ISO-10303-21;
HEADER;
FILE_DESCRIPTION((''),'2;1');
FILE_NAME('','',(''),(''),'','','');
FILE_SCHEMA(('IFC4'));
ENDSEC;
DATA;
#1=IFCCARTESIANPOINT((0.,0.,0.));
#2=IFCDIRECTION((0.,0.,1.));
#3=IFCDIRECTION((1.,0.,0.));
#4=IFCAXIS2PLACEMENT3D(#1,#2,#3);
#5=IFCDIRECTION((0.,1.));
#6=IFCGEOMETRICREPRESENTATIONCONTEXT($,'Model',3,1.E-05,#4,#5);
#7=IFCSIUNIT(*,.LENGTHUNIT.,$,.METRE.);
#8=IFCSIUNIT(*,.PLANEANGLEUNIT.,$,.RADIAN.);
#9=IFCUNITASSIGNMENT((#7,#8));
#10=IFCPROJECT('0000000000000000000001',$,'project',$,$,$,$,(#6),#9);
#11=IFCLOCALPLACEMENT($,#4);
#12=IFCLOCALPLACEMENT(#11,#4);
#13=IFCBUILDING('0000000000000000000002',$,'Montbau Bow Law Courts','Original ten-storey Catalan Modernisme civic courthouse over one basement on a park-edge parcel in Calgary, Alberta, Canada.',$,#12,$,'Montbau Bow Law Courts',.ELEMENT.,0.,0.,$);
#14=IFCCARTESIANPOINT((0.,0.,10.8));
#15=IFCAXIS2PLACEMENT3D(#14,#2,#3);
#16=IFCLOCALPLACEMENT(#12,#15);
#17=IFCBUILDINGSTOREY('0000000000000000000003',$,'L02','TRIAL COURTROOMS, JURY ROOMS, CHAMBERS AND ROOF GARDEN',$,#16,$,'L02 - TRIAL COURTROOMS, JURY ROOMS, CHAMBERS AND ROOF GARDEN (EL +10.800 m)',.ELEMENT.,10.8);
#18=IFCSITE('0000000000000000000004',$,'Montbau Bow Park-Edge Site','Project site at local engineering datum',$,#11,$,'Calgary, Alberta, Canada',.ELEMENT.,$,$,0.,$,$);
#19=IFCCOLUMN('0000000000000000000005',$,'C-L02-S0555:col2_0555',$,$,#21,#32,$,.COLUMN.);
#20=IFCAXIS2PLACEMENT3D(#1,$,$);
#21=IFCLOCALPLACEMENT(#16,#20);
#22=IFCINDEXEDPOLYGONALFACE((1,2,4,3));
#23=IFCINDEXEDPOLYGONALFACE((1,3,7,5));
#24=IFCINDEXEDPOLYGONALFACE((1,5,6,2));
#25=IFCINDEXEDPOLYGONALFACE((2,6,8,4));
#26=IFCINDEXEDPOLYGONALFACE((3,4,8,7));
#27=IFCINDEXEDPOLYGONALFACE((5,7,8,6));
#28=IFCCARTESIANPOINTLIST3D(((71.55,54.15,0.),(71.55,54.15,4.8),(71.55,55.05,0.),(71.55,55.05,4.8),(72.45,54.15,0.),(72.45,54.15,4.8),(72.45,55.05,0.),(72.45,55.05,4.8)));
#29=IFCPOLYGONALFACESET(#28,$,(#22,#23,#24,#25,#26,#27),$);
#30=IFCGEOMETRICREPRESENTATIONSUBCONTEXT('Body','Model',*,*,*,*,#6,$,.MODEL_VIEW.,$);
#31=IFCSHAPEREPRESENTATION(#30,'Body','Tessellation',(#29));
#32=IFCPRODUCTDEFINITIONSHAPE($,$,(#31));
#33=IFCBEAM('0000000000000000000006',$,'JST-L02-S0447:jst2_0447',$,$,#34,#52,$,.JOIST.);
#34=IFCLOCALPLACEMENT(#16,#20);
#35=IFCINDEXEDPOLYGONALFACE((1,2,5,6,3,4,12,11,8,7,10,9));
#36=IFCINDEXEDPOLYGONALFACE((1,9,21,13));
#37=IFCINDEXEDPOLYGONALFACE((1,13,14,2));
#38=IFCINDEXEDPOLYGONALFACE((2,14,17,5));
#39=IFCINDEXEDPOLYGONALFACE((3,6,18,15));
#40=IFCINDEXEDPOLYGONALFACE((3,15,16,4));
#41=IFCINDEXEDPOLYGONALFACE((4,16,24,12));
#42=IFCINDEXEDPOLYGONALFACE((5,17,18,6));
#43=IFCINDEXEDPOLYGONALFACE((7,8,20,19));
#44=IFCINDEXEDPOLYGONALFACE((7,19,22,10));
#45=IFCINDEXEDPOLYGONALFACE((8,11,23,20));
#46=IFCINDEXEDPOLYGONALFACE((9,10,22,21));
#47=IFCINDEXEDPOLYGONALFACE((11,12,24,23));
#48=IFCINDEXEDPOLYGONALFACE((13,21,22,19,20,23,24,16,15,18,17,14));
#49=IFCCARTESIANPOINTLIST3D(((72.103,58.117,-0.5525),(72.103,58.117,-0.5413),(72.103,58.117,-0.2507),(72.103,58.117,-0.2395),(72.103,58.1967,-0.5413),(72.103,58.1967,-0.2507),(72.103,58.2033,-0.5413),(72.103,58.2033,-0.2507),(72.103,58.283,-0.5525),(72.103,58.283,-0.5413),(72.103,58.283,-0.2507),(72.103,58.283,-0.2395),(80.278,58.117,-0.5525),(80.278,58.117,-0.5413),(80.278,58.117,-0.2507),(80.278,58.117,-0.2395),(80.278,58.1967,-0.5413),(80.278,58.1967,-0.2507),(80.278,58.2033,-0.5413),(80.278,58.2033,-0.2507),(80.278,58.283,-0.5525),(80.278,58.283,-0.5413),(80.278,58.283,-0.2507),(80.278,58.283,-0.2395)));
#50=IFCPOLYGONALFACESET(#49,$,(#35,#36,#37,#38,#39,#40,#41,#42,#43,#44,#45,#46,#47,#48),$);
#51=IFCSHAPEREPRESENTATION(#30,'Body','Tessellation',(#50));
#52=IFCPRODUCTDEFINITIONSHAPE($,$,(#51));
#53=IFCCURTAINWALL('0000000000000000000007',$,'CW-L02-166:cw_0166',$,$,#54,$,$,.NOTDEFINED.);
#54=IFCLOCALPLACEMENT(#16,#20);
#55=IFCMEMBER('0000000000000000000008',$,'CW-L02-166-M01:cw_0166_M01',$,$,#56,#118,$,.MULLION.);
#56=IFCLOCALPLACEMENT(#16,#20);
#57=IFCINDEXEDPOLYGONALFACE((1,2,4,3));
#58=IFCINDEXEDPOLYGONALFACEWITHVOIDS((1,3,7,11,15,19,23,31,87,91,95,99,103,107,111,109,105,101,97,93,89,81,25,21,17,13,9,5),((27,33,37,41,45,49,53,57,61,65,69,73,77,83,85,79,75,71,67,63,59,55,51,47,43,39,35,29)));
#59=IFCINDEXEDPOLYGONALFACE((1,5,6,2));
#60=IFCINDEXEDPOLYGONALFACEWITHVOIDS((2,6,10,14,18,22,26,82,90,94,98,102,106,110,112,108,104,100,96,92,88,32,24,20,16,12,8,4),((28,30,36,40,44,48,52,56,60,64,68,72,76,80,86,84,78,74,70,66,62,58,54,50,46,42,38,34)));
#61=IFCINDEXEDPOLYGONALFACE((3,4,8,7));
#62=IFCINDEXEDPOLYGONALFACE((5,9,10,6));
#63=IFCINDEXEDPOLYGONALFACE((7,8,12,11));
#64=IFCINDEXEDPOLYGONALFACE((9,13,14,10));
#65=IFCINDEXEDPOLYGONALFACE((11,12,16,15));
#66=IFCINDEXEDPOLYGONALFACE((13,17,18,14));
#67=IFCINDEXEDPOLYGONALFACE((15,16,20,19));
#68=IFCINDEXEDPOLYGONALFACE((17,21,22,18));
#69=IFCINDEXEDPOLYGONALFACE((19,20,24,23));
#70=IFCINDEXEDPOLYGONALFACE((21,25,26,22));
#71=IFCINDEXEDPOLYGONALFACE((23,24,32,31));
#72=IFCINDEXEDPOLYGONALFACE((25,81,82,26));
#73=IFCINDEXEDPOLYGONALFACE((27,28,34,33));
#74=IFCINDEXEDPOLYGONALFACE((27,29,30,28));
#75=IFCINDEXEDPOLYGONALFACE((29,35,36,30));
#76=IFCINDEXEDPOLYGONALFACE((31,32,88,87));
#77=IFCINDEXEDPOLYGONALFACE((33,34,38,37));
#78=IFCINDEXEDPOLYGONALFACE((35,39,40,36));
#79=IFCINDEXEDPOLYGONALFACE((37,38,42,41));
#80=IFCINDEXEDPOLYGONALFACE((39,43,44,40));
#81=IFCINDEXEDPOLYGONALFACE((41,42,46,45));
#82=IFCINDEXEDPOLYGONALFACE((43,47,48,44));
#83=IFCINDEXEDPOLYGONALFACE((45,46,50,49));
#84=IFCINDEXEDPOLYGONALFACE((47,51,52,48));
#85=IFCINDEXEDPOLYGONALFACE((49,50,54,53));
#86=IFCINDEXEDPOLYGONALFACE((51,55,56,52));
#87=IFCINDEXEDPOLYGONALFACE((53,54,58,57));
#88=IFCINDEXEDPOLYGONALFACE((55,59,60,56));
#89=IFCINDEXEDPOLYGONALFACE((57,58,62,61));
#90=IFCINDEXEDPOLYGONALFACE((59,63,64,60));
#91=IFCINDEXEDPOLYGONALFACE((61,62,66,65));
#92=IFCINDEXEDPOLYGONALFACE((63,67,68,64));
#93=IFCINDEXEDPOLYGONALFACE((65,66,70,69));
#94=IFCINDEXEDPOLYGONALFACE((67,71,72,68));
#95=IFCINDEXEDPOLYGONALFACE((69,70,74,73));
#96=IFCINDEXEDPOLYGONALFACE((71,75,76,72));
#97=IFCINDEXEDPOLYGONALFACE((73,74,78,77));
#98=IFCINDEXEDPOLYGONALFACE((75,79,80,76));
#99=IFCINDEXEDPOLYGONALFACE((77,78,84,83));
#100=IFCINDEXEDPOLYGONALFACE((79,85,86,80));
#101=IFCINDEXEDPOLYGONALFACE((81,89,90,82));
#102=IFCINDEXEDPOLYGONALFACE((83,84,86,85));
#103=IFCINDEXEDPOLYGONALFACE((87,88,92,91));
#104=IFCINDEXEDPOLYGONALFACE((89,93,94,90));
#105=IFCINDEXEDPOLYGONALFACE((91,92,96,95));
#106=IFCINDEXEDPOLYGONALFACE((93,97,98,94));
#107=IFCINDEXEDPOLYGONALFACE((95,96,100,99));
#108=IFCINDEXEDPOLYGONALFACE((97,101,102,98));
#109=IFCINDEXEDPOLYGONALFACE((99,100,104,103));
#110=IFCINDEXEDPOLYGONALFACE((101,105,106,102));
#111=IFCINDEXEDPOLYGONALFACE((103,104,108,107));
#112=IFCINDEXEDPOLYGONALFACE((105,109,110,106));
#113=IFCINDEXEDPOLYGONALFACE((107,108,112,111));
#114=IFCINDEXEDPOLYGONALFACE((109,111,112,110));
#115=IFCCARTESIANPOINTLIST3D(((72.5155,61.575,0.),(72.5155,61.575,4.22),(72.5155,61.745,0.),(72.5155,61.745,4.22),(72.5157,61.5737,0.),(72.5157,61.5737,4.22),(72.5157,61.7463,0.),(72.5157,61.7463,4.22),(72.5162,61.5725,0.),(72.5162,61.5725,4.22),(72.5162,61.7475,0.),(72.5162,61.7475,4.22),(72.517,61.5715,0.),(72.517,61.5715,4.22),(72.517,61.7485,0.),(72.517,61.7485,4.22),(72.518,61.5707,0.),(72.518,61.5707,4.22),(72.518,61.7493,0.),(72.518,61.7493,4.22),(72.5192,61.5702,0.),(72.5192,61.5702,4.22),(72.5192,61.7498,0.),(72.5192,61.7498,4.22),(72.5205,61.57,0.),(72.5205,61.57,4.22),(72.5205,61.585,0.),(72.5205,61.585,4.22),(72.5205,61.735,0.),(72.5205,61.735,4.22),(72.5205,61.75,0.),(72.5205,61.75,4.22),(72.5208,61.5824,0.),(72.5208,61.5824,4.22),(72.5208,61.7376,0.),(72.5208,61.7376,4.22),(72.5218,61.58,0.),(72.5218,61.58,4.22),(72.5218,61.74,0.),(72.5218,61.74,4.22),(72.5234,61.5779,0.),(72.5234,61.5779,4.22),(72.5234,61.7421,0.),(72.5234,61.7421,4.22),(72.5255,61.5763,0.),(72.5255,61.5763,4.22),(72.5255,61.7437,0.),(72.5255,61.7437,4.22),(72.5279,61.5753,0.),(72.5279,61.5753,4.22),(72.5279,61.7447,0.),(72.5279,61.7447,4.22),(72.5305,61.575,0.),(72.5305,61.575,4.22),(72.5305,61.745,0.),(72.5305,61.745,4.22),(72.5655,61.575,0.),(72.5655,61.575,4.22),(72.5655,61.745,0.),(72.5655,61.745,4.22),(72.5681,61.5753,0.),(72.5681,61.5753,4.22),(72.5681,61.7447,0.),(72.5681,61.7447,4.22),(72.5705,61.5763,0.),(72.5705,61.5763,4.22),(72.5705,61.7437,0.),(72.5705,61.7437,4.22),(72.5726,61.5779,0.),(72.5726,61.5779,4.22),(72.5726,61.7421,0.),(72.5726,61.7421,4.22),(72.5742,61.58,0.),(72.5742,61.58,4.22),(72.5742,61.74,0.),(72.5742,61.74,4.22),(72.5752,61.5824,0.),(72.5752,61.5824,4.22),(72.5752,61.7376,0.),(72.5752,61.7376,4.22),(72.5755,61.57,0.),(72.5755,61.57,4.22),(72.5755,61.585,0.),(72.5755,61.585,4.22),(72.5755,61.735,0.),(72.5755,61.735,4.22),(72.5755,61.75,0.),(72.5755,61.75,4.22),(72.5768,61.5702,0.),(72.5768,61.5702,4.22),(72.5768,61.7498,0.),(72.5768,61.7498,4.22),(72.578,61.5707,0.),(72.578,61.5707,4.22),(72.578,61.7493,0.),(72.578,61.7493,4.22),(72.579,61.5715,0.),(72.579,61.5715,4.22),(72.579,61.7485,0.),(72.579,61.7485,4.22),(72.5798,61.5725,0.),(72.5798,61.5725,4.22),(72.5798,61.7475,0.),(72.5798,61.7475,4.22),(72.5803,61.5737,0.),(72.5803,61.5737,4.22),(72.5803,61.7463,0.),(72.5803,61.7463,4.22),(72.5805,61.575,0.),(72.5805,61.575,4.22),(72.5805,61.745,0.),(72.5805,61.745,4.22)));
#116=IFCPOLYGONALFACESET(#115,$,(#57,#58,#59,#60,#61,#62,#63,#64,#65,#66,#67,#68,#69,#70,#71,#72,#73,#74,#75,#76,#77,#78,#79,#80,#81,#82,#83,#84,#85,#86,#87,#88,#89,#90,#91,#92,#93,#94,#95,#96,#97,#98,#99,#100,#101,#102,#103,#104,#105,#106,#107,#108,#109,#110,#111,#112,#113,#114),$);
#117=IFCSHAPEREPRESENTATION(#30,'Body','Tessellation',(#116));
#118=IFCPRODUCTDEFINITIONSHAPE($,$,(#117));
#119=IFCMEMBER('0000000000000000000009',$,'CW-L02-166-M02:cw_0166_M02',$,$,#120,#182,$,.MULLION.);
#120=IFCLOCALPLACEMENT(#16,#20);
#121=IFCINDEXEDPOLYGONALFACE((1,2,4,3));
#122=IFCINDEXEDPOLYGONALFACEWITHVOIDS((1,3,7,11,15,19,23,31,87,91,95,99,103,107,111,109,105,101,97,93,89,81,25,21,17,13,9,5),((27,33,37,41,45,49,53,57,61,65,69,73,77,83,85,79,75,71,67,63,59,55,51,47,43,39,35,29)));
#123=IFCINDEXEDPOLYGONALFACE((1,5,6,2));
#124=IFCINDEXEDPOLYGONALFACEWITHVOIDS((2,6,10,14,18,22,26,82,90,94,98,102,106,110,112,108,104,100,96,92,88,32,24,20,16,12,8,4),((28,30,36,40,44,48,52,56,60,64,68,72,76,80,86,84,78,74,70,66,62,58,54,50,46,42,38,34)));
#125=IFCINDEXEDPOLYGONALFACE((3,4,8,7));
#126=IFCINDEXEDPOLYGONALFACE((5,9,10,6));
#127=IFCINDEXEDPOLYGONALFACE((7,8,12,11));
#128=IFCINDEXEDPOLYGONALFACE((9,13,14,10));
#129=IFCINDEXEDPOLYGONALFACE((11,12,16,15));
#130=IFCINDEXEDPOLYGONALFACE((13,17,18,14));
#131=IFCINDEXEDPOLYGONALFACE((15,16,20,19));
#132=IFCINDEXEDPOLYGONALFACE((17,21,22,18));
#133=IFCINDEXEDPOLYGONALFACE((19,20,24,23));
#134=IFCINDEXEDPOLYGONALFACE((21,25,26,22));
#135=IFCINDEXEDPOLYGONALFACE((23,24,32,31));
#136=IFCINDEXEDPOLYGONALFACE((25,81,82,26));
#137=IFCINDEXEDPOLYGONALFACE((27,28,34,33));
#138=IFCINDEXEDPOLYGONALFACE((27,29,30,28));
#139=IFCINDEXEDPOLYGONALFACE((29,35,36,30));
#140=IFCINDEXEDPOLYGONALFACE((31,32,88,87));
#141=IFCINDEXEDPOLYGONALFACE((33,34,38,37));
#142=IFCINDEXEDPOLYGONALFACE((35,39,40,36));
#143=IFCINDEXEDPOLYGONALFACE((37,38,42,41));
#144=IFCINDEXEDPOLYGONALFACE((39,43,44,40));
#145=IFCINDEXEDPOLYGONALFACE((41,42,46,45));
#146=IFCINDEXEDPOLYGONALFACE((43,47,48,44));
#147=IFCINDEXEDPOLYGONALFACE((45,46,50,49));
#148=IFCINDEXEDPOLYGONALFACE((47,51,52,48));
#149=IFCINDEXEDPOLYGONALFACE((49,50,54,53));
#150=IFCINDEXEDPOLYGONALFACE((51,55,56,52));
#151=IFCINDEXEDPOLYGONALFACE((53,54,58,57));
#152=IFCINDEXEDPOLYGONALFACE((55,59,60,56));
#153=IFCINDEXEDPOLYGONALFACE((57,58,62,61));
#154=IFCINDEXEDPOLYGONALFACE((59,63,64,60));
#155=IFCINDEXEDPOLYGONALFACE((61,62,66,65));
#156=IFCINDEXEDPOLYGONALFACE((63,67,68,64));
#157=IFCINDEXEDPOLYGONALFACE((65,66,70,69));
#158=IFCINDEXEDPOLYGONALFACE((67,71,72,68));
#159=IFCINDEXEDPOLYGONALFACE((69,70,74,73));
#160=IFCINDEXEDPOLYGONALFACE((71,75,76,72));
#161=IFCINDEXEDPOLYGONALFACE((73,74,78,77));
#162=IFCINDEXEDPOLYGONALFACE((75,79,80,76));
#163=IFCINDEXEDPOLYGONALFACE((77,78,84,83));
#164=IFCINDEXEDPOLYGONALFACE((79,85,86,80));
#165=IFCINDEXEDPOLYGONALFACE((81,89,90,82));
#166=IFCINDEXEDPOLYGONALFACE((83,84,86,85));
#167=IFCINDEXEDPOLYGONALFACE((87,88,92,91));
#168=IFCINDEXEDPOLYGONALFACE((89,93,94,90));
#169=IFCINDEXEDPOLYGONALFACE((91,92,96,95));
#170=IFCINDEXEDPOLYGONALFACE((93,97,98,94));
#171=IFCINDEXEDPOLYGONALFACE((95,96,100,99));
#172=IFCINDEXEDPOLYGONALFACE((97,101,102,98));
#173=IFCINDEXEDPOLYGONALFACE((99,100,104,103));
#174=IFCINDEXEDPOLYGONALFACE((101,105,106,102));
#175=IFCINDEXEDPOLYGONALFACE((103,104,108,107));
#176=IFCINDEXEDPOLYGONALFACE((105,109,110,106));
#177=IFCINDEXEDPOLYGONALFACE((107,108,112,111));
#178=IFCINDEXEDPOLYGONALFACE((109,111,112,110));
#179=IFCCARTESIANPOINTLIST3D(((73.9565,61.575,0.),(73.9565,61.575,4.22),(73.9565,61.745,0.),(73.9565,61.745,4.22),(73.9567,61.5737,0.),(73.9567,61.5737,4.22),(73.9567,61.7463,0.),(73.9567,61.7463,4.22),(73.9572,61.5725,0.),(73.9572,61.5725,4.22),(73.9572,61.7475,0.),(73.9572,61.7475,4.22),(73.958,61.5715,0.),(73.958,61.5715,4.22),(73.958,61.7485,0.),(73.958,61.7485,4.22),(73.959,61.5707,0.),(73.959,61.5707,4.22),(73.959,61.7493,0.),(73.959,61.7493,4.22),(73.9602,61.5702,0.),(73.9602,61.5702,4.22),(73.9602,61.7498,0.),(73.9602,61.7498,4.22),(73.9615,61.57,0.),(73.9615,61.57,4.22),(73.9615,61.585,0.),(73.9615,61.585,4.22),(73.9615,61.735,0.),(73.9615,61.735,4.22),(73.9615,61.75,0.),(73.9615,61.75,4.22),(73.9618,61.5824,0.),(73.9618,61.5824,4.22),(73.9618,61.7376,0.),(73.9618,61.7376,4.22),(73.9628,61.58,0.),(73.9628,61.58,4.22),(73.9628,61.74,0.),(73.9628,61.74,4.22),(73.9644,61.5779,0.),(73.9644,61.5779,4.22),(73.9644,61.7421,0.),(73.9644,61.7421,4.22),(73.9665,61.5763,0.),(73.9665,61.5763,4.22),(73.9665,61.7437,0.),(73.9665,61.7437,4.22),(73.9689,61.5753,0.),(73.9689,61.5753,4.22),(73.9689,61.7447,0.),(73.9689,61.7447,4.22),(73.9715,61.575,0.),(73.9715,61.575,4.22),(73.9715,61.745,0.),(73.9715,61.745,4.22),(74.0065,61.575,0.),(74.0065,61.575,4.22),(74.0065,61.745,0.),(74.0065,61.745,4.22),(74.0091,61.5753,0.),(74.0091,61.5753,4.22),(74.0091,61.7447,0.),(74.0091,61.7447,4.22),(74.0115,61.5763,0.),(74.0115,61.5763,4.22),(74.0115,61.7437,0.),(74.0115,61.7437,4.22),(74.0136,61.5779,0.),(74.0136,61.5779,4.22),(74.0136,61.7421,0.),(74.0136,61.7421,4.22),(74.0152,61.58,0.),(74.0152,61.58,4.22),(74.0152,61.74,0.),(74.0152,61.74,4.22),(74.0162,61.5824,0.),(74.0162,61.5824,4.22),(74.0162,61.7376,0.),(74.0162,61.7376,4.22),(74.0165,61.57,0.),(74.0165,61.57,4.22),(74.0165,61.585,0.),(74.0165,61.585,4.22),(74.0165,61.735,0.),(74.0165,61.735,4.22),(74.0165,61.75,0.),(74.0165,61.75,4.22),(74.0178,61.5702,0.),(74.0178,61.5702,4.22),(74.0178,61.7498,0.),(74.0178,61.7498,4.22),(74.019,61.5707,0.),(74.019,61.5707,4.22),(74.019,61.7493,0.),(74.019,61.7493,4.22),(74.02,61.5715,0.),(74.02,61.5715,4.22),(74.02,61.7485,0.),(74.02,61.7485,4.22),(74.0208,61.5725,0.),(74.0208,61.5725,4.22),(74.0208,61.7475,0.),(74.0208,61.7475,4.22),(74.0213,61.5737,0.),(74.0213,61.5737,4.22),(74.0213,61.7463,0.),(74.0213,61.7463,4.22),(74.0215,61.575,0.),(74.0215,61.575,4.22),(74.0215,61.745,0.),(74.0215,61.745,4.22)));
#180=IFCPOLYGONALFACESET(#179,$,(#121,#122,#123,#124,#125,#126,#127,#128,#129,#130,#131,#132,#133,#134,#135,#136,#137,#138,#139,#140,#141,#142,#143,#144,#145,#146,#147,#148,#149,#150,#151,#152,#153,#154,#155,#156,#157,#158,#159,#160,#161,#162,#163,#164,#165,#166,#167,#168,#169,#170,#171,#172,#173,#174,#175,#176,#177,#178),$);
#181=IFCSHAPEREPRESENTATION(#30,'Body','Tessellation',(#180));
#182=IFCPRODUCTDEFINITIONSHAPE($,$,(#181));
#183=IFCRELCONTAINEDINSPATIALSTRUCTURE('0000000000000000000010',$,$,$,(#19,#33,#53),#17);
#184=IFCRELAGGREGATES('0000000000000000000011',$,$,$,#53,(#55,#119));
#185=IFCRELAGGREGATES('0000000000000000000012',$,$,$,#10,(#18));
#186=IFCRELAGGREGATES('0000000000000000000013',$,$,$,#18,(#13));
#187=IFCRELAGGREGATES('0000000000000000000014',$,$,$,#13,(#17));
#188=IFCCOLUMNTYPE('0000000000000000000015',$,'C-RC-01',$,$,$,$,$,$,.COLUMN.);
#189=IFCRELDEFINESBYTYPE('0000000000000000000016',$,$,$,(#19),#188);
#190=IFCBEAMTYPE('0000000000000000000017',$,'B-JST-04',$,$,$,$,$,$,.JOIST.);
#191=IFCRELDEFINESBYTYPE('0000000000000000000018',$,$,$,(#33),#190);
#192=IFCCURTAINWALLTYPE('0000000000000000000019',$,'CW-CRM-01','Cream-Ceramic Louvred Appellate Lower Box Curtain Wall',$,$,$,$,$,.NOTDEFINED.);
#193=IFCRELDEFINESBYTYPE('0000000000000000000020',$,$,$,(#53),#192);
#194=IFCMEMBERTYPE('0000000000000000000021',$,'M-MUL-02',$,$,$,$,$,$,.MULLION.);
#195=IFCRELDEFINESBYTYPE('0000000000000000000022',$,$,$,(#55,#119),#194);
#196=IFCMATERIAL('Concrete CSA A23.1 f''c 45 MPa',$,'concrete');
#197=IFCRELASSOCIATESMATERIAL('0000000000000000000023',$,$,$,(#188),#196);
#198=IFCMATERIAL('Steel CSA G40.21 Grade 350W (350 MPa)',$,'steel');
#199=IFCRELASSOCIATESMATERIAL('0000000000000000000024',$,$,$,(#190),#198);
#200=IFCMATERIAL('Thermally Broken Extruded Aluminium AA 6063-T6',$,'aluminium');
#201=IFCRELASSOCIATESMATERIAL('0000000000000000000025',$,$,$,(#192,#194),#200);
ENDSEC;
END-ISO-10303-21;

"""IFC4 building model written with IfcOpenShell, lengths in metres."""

from ifc_helpers import new_model, si_unit, direction, frame, origin_with_axes, origin_2d_with_axis, place, context, subcontext, project, spatial, rectangle, hollow_rectangle, i_section, extrude, material, material_profile, profile_set, type_object, element, aggregate, save


model = new_model("IFC4")

# Units and contexts
model_context = context("Model", 3, precision=1e-05, world=origin_with_axes(), true_north=direction((0.0, 1.0)))
body_context = subcontext(model_context, "Body", "Model", "MODEL_VIEW")
ifc_project = project(units=[si_unit("LENGTHUNIT", "METRE"), si_unit("PLANEANGLEUNIT", "RADIAN")], contexts=[model_context])

# Site, building, storey
site_placement = place(None, origin_with_axes())
site = spatial("IfcSite", under=ifc_project, at=site_placement, Name="Montbau Bow Park-Edge Site", Description="Project site at local engineering datum", LongName="Calgary, Alberta, Canada", CompositionType="ELEMENT", RefElevation=0.0)
building_placement = place(site_placement, origin_with_axes())
building = spatial("IfcBuilding", under=site, at=building_placement, Name="Montbau Bow Law Courts", Description="Original ten-storey Catalan Modernisme civic courthouse over one basement on a park-edge parcel in Calgary, Alberta, Canada.", LongName="Montbau Bow Law Courts", CompositionType="ELEMENT", ElevationOfRefHeight=0.0, ElevationOfTerrain=0.0)
storey_placement = place(building_placement, frame((0.0, 0.0, 10.8), z_axis=(0.0, 0.0, 1.0), x_axis=(1.0, 0.0, 0.0)))
storey = spatial("IfcBuildingStorey", under=building, at=storey_placement, Name="L02", Description="TRIAL COURTROOMS, JURY ROOMS, CHAMBERS AND ROOF GARDEN", LongName="L02 - TRIAL COURTROOMS, JURY ROOMS, CHAMBERS AND ROOF GARDEN (EL +10.800 m)", CompositionType="ELEMENT", Elevation=10.8)

# Column
ifc_material_1 = material(Name="Concrete CSA A23.1 f'c 45 MPa", Category="concrete")
ifc_material_profile_1 = material_profile(ifc_material_1, rectangle(XDim=0.9, YDim=0.9, at=origin_2d_with_axis()), Name="RC900X900", Category="Main", Priority=0)
ifc_profile_set_1 = profile_set([ifc_material_profile_1], Name="Concrete CSA A23.1 f'c 45 MPa")
column_type = type_object("IfcColumnType", Name="C-RC-01", PredefinedType="COLUMN", material=ifc_profile_set_1)
column_placement = place(None, frame((72.0, 54.6, 10.8), z_axis=(0.0, 0.0, 1.0), x_axis=(1.0, 0.0, 0.0)))
element("IfcColumn", 1, at=column_placement, inside=storey, type_object=column_type, Name="C-L02-S0555:col2_0555", PredefinedType="COLUMN", context=body_context, shape_type="SweptSolid", body=[
    extrude(rectangle(XDim=0.9, YDim=0.9, at=origin_2d_with_axis()), origin_with_axes(), (0.0, 0.0, 1.0), 4.8),
])

# Beam
ifc_material_2 = material(Name="Steel CSA G40.21 Grade 350W (350 MPa)", Category="steel")
ifc_material_profile_2 = material_profile(ifc_material_2, i_section(OverallWidth=0.166, OverallDepth=0.313, WebThickness=0.0066, FlangeThickness=0.0112, at=origin_2d_with_axis()), Name="W310X45", Category="Main", Priority=0)
ifc_profile_set_2 = profile_set([ifc_material_profile_2], Name="Steel CSA G40.21 Grade 350W (350 MPa)")
beam_type = type_object("IfcBeamType", Name="B-JST-04", PredefinedType="JOIST", material=ifc_profile_set_2)
beam_placement = place(None, frame((72.103, 58.2, 10.404), z_axis=(1.0, 0.0, 0.0), x_axis=(0.0, 1.0, 0.0)))
element("IfcBeam", 2, at=beam_placement, inside=storey, type_object=beam_type, Name="JST-L02-S0447:jst2_0447", PredefinedType="JOIST", context=body_context, shape_type="SweptSolid", body=[
    extrude(i_section(OverallWidth=0.166, OverallDepth=0.313, WebThickness=0.0066, FlangeThickness=0.0112, at=origin_2d_with_axis()), origin_with_axes(), (0.0, 0.0, 1.0), 8.175),
])

# Curtain wall, members
ifc_material_3 = material(Name="Thermally Broken Extruded Aluminium AA 6063-T6", Category="aluminium")
curtain_wall_type = type_object("IfcCurtainWallType", Name="CW-CRM-01", Description="Cream-Ceramic Louvred Appellate Lower Box Curtain Wall", PredefinedType="NOTDEFINED", material=ifc_material_3)
curtain_wall_placement = place(None, frame((72.515, 61.66, 10.8), z_axis=(0.0, 0.0, 1.0), x_axis=(1.0, 0.0, 0.0)))
curtain_wall = element("IfcCurtainWall", 3, at=curtain_wall_placement, inside=storey, type_object=curtain_wall_type, Name="CW-L02-166:cw_0166", PredefinedType="NOTDEFINED")
ifc_material_profile_3 = material_profile(ifc_material_3, hollow_rectangle(XDim=0.065, YDim=0.18, WallThickness=0.005, InnerFilletRadius=0.01, OuterFilletRadius=0.005, at=origin_2d_with_axis()), Name="CWM-180X65", Category="Main", Priority=0)
ifc_profile_set_3 = profile_set([ifc_material_profile_3], Name="Thermally Broken Extruded Aluminium AA 6063-T6")
member_type_1 = type_object("IfcMemberType", Name="M-MUL-02", PredefinedType="MULLION", material=ifc_profile_set_3)
member_1_placement = place(None, frame((72.548, 61.66, 10.8), z_axis=(0.0, 0.0, 1.0), x_axis=(1.0, 0.0, 0.0)))
member_1 = element("IfcMember", 4, at=member_1_placement, type_object=member_type_1, Name="CW-L02-166-M01:cw_0166_M01", PredefinedType="MULLION", context=body_context, shape_type="SweptSolid", body=[
    extrude(hollow_rectangle(XDim=0.065, YDim=0.18, WallThickness=0.005, InnerFilletRadius=0.01, OuterFilletRadius=0.005, at=origin_2d_with_axis()), origin_with_axes(), (0.0, 0.0, 1.0), 4.22),
])
member_2_placement = place(None, frame((73.989, 61.66, 10.8), z_axis=(0.0, 0.0, 1.0), x_axis=(1.0, 0.0, 0.0)))
member_2 = element("IfcMember", 5, at=member_2_placement, type_object=member_type_1, Name="CW-L02-166-M02:cw_0166_M02", PredefinedType="MULLION", context=body_context, shape_type="SweptSolid", body=[
    extrude(hollow_rectangle(XDim=0.065, YDim=0.18, WallThickness=0.005, InnerFilletRadius=0.01, OuterFilletRadius=0.005, at=origin_2d_with_axis()), origin_with_axes(), (0.0, 0.0, 1.0), 4.22),
])
aggregate(curtain_wall, [member_1, member_2])

save(model, "model.ifc")
